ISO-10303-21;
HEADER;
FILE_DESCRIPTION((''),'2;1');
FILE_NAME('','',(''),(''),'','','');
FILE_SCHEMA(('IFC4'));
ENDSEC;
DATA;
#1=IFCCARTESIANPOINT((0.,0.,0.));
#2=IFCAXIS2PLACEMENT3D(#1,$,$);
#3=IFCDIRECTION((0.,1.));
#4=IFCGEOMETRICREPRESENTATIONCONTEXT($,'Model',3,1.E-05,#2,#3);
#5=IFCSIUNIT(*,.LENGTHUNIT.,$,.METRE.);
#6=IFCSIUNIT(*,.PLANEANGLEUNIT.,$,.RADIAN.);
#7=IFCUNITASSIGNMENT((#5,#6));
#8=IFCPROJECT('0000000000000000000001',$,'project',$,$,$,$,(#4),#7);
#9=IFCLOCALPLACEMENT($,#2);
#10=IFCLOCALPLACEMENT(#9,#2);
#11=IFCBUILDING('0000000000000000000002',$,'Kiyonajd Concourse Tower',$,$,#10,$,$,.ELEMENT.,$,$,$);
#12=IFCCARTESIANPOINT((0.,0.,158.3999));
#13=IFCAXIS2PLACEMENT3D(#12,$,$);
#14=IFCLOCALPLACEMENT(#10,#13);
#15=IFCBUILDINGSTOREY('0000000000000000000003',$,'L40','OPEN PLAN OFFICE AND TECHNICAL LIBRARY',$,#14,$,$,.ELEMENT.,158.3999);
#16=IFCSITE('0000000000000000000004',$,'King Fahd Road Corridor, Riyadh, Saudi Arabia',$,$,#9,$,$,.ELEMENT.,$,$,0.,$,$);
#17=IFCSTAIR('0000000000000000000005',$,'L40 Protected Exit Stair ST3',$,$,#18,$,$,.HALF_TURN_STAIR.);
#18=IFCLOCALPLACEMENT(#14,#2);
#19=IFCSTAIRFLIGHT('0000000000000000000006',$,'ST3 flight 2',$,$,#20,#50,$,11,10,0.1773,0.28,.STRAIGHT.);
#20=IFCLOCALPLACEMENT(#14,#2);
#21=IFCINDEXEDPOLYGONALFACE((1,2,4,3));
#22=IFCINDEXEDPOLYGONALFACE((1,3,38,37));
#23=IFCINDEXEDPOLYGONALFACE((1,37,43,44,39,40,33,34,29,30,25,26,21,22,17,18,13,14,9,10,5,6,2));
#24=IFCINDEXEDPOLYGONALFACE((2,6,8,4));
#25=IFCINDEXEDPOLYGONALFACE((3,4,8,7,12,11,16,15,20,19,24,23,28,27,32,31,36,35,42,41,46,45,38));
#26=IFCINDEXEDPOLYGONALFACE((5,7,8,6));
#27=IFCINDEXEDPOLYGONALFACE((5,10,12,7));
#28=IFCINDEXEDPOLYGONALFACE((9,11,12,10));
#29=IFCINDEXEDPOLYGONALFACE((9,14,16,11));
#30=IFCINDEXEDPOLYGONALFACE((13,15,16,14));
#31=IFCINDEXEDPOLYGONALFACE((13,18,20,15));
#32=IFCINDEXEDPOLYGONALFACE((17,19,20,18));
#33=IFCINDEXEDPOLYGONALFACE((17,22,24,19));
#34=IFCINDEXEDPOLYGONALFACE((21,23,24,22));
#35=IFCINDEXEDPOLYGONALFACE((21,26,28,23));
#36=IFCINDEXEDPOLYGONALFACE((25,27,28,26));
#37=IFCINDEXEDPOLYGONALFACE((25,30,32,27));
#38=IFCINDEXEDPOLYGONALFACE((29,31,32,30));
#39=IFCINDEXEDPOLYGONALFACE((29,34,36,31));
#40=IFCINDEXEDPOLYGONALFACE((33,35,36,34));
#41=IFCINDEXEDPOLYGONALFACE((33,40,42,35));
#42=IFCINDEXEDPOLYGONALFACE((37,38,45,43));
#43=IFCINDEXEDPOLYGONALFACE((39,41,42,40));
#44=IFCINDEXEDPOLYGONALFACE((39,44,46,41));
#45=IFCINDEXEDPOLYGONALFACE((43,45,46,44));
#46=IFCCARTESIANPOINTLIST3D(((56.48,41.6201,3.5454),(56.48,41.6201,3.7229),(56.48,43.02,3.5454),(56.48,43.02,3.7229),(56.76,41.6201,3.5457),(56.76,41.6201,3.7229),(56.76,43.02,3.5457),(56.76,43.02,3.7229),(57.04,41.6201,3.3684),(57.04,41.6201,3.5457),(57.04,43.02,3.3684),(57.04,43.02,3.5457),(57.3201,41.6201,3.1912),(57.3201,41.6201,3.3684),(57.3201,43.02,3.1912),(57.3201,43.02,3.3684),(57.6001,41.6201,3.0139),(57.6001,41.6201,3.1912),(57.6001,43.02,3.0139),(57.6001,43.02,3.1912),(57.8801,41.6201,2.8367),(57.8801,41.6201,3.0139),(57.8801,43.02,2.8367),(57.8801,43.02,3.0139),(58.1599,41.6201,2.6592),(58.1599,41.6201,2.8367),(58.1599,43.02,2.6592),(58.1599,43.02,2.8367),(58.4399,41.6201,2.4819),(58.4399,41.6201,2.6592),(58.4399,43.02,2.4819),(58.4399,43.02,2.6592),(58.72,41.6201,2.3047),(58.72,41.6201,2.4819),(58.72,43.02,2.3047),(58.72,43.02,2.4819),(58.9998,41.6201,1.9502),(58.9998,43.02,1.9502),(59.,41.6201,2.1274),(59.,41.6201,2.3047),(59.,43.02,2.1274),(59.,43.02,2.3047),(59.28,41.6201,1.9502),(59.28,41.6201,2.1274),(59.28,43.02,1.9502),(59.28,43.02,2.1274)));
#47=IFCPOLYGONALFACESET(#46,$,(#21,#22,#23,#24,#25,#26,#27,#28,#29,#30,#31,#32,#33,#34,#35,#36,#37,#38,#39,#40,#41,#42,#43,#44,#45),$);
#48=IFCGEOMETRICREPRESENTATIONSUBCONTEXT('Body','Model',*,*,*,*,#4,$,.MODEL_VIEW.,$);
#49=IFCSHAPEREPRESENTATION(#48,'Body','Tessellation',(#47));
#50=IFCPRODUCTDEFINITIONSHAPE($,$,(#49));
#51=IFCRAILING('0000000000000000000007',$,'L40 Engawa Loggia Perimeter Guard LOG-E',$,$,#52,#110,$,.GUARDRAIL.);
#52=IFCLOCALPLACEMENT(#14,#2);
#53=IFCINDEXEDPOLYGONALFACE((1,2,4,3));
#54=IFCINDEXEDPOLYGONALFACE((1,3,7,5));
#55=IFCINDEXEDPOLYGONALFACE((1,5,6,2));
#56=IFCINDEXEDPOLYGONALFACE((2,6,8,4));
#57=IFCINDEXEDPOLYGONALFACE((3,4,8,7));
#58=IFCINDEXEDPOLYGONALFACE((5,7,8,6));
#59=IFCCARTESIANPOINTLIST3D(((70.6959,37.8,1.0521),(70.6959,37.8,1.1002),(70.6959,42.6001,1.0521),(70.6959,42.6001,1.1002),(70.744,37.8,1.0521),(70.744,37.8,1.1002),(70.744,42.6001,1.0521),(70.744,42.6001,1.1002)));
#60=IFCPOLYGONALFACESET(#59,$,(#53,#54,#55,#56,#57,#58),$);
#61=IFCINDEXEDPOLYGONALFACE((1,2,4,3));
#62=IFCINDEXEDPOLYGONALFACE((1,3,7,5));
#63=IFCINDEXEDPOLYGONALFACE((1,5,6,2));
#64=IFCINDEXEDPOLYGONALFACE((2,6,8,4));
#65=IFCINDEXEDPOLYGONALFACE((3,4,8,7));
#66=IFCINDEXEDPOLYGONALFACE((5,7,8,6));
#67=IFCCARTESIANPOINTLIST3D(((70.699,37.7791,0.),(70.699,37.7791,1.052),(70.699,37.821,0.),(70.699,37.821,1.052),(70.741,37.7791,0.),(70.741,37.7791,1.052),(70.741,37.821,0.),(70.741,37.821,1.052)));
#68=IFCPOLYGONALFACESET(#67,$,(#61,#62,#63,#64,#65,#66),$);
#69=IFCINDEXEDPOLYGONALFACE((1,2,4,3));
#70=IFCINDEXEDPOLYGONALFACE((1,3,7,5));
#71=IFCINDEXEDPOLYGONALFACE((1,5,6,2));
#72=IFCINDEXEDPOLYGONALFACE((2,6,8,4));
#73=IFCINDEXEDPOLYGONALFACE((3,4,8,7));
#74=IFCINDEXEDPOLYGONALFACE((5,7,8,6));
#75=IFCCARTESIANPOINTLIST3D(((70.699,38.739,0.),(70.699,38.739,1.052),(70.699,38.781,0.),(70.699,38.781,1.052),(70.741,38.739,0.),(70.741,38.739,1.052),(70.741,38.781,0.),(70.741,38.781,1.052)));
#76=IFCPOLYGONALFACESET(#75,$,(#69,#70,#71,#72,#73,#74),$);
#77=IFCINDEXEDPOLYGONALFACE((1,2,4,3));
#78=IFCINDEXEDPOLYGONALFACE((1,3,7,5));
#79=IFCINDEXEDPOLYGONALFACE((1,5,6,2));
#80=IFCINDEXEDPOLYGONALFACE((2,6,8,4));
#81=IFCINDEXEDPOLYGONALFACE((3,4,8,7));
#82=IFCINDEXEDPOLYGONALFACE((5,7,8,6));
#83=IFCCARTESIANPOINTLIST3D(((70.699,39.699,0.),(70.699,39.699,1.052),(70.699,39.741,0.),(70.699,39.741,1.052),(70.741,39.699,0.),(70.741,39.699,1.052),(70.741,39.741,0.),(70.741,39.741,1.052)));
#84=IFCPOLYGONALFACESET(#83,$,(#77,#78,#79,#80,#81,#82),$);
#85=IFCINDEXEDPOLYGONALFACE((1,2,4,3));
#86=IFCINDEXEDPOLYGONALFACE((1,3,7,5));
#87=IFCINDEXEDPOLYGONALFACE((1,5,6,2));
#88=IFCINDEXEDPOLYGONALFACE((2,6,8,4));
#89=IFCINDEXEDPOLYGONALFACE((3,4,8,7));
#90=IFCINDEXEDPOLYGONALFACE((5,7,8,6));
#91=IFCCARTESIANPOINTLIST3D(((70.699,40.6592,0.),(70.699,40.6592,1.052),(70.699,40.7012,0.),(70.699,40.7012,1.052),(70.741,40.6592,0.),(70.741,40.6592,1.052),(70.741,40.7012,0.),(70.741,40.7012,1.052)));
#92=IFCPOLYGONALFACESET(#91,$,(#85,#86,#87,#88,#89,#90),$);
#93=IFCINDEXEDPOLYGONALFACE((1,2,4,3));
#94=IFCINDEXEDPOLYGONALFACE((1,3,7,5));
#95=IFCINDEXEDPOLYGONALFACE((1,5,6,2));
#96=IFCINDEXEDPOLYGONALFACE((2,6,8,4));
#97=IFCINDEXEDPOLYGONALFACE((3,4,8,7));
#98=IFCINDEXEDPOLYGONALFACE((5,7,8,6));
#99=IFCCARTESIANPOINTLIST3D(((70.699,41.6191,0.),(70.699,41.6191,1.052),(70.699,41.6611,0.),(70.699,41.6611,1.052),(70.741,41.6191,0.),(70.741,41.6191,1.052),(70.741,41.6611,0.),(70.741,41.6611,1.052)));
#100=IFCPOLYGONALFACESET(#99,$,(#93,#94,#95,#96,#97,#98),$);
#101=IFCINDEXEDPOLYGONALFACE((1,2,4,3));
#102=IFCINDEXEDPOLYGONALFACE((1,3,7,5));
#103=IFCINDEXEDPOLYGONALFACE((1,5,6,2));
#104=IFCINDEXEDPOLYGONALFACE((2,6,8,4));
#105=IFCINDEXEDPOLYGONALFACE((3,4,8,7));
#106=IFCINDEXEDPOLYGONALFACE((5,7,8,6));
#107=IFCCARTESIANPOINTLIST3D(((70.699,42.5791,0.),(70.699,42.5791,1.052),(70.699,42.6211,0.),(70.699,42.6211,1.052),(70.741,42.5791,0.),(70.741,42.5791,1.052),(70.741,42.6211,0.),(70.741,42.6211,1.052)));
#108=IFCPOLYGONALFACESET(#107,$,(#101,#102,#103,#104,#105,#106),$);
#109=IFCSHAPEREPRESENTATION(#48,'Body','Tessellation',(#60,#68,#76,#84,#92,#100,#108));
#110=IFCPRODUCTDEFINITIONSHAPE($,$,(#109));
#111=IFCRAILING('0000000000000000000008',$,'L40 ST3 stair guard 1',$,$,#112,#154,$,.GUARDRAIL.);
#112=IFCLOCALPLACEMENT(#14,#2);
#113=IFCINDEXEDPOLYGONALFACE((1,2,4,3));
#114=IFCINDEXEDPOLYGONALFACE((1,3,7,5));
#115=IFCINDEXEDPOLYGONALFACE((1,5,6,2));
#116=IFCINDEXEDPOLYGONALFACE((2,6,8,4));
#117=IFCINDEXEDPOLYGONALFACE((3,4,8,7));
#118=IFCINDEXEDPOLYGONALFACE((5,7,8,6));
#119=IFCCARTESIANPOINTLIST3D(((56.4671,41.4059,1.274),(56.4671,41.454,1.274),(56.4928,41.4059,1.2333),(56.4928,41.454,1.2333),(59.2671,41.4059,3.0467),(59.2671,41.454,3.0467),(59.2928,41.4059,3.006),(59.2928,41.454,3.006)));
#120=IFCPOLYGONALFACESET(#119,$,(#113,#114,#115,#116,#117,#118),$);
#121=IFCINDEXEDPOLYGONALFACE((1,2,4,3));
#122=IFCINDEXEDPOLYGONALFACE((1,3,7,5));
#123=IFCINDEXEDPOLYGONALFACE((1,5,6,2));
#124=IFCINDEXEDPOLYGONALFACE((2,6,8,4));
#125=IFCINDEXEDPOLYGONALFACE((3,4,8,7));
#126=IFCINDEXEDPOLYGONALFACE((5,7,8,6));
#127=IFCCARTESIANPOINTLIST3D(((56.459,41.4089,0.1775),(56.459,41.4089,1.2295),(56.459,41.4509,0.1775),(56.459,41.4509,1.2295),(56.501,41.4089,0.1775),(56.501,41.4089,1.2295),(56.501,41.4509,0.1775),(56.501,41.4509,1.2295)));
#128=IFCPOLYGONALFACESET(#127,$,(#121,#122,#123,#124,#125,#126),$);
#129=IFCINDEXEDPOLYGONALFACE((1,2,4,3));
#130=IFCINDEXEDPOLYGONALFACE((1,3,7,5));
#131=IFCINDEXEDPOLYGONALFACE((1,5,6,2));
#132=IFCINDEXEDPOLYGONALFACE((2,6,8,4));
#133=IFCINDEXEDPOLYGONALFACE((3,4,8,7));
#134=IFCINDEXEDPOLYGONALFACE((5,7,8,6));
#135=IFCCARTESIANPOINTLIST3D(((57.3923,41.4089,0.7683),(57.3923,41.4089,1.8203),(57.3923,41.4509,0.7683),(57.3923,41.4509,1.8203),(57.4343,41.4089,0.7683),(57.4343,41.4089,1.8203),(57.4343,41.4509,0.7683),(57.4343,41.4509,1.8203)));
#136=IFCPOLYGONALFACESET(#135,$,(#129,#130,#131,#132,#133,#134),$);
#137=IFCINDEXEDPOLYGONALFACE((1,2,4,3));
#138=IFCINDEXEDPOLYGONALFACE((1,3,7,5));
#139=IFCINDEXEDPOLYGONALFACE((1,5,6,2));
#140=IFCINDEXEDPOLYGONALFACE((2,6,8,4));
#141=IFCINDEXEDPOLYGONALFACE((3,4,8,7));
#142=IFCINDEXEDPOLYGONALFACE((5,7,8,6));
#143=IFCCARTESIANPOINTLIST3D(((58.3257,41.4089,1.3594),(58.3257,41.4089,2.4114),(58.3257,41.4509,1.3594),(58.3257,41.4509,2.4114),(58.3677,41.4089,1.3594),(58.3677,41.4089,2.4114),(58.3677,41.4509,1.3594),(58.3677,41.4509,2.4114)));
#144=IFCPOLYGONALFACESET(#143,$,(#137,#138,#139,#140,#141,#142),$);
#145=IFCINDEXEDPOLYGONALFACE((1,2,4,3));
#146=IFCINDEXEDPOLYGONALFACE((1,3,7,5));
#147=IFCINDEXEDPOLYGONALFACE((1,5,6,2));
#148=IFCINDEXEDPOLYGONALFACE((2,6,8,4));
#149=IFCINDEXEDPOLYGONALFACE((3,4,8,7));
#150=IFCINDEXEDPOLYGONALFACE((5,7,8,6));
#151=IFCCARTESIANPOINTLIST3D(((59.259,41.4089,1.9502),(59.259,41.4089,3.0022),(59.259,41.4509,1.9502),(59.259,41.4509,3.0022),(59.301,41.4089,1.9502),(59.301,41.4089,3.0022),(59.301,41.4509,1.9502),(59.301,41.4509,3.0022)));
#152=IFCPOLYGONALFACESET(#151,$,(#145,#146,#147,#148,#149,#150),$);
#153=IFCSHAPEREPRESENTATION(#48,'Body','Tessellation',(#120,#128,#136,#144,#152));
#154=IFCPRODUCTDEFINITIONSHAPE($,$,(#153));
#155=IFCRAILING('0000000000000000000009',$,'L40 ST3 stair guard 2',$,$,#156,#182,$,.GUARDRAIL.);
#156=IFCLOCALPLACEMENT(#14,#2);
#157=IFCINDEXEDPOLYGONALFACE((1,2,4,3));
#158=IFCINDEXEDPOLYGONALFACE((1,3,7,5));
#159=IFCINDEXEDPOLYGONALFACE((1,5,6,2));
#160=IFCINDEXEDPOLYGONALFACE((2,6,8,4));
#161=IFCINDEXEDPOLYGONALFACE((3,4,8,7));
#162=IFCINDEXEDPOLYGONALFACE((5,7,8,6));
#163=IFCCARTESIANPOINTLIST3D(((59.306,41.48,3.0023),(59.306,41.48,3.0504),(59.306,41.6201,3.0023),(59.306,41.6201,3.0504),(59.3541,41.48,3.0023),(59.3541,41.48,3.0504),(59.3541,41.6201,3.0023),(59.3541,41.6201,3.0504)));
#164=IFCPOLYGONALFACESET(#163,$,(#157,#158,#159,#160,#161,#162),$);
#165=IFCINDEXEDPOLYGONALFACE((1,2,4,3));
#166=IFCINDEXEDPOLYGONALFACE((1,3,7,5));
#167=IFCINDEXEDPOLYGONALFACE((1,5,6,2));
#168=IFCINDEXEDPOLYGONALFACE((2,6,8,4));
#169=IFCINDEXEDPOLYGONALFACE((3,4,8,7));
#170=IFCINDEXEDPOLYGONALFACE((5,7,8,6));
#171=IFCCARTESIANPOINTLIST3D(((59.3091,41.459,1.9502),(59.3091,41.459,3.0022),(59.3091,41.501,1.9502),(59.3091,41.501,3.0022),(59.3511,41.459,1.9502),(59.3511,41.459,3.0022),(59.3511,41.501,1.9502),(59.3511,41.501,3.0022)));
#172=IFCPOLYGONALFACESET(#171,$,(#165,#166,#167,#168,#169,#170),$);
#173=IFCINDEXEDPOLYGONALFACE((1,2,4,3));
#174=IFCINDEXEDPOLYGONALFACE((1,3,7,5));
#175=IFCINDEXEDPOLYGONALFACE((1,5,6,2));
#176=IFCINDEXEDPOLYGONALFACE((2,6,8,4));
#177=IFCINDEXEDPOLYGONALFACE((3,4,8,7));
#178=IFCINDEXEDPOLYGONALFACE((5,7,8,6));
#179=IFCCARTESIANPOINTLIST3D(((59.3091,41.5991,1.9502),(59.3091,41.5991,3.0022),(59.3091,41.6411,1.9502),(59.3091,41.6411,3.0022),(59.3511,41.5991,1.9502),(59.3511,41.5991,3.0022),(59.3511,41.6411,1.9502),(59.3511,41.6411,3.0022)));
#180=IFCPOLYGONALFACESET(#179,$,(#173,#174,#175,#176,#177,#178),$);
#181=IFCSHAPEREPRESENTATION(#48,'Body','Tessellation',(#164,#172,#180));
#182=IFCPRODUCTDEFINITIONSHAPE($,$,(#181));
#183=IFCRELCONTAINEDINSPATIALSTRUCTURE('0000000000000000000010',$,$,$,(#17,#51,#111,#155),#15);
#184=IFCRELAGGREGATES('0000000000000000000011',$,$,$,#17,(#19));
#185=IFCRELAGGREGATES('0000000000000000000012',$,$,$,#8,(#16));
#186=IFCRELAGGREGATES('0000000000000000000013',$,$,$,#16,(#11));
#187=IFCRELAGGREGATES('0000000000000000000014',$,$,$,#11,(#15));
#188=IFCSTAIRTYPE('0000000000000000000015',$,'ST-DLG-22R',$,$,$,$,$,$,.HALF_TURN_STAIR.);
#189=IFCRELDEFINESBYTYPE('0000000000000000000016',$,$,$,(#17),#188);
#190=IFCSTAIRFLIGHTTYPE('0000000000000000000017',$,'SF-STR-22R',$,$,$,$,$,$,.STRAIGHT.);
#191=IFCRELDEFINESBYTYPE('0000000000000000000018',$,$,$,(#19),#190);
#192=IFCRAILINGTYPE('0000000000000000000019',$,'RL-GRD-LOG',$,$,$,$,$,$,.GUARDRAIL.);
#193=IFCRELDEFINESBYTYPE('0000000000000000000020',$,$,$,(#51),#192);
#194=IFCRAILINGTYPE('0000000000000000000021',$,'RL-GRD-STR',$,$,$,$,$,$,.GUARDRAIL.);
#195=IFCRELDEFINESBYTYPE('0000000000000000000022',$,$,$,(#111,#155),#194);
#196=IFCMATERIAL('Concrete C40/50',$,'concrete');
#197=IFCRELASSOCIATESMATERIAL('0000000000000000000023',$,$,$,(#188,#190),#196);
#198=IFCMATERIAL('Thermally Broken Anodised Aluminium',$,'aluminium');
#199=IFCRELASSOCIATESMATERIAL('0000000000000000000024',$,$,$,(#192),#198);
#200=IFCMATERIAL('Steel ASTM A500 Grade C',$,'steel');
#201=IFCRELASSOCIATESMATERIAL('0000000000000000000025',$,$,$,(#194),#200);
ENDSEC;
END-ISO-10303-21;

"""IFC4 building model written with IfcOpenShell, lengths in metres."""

from ifc_helpers import new_model, si_unit, direction, frame, origin, origin_2d, place, context, subcontext, project, spatial, polyline, rectangle, outline, extrude, material, type_object, element, aggregate, save


model = new_model("IFC4")

# Units and contexts
model_context = context("Model", 3, precision=1e-05, world=origin(), true_north=direction((0.0, 1.0)))
body_context = subcontext(model_context, "Body", "Model", "MODEL_VIEW")
ifc_project = project(units=[si_unit("LENGTHUNIT", "METRE"), si_unit("PLANEANGLEUNIT", "RADIAN")], contexts=[model_context])

# Site, building, storey
site_placement = place(None, origin())
site = spatial("IfcSite", under=ifc_project, at=site_placement, Name="King Fahd Road Corridor, Riyadh, Saudi Arabia", CompositionType="ELEMENT", RefElevation=0.0)
building_placement = place(site_placement, origin())
building = spatial("IfcBuilding", under=site, at=building_placement, Name="Kiyonajd Concourse Tower", CompositionType="ELEMENT")
storey_placement = place(building_placement, frame((0.0, 0.0, 158.3999)))
storey = spatial("IfcBuildingStorey", under=building, at=storey_placement, Name="L40", Description="OPEN PLAN OFFICE AND TECHNICAL LIBRARY", CompositionType="ELEMENT", Elevation=158.3999)

# Shared definitions
ifc_material_1 = material(Name="Thermally Broken Anodised Aluminium", Category="aluminium")

# Stair, stair flight
ifc_material_2 = material(Name="Concrete C40/50", Category="concrete")
stair_type = type_object("IfcStairType", Name="ST-DLG-22R", PredefinedType="HALF_TURN_STAIR", material=ifc_material_2)
stair_placement = place(storey_placement, origin())
stair = element("IfcStair", 1, at=stair_placement, inside=storey, type_object=stair_type, Name="L40 Protected Exit Stair ST3", PredefinedType="HALF_TURN_STAIR")
stair_flight_type = type_object("IfcStairFlightType", Name="SF-STR-22R", PredefinedType="STRAIGHT", material=ifc_material_2)
stair_flight_1_placement = place(storey_placement, frame((59.28, 42.3201, 1.9502), z_axis=(0.0, 0.0, 1.0), x_axis=(-1.0, 0.0, 0.0)))
stair_flight_1 = element("IfcStairFlight", 2, at=stair_flight_1_placement, type_object=stair_flight_type, Name="ST3 flight 2", NumberOfRisers=11, NumberOfTreads=10, PredefinedType="STRAIGHT", RiserHeight=0.1773, TreadLength=0.28, context=body_context, shape_type="SweptSolid", body=[
    extrude(outline(polyline([(0.0, 0.0), (0.0, 0.1772), (0.28, 0.1772), (0.28, 0.3545), (0.5601, 0.3545), (0.5601, 0.5317), (0.8401, 0.5317), (0.8401, 0.709), (1.1201, 0.709), (1.1201, 0.8865), (1.3999, 0.8865), (1.3999, 1.0637), (1.6799, 1.0637), (1.6799, 1.241), (1.96, 1.241), (1.96, 1.4182), (2.24, 1.4182), (2.24, 1.5955), (2.52, 1.5955), (2.52, 1.7727), (2.8, 1.7727), (2.8, 1.95), (2.8, 1.5952), (0.2803, 0.0), (0.0, 0.0)])), frame((0.0, 0.7, 0.0), z_axis=(0.0, -1.0, 0.0), x_axis=(1.0, 0.0, 0.0)), (0.0, 0.0, 1.0), 1.3999),
])
aggregate(stair, [stair_flight_1])

# Railings
railing_type_1 = type_object("IfcRailingType", Name="RL-GRD-LOG", PredefinedType="GUARDRAIL", material=ifc_material_1)
railing_1_placement = place(storey_placement, frame((70.72, 37.8, 0.0)))
element("IfcRailing", 3, at=railing_1_placement, inside=storey, type_object=railing_type_1, Name="L40 Engawa Loggia Perimeter Guard LOG-E", PredefinedType="GUARDRAIL", context=body_context, shape_type="SweptSolid", body=[
    extrude(rectangle(XDim=0.0481, YDim=0.0481, at=origin_2d()), frame((0.0, 0.0, 1.0762), z_axis=(0.0, 1.0, 0.0), x_axis=(-1.0, 0.0, 0.0)), (0.0, 0.0, 1.0), 4.8),
    extrude(rectangle(XDim=0.042, YDim=0.042, at=origin_2d()), origin(), (0.0, 0.0, 1.0), 1.052),
    extrude(rectangle(XDim=0.042, YDim=0.042, at=origin_2d()), frame((0.0, 0.96, 0.0)), (0.0, 0.0, 1.0), 1.052),
    extrude(rectangle(XDim=0.042, YDim=0.042, at=origin_2d()), frame((0.0, 1.9199, 0.0)), (0.0, 0.0, 1.0), 1.052),
    extrude(rectangle(XDim=0.042, YDim=0.042, at=origin_2d()), frame((0.0, 2.8801, 0.0)), (0.0, 0.0, 1.0), 1.052),
    extrude(rectangle(XDim=0.042, YDim=0.042, at=origin_2d()), frame((0.0, 3.8401, 0.0)), (0.0, 0.0, 1.0), 1.052),
    extrude(rectangle(XDim=0.042, YDim=0.042, at=origin_2d()), frame((0.0, 4.8, 0.0)), (0.0, 0.0, 1.0), 1.052),
])
ifc_material_3 = material(Name="Steel ASTM A500 Grade C", Category="steel")
railing_type_2 = type_object("IfcRailingType", Name="RL-GRD-STR", PredefinedType="GUARDRAIL", material=ifc_material_3)
railing_2_placement = place(storey_placement, frame((56.48, 41.4299, 0.1775)))
element("IfcRailing", 4, at=railing_2_placement, inside=storey, type_object=railing_type_2, Name="L40 ST3 stair guard 1", PredefinedType="GUARDRAIL", context=body_context, shape_type="SweptSolid", body=[
    extrude(rectangle(XDim=0.0481, YDim=0.0481, at=origin_2d()), frame((0.0, 0.0, 1.0762), z_axis=(0.844909, 0.0, 0.53491), x_axis=(0.0, 1.0, 0.0)), (0.0, 0.0, 1.0), 3.314),
    extrude(rectangle(XDim=0.042, YDim=0.042, at=origin_2d()), origin(), (0.0, 0.0, 1.0), 1.052),
    extrude(rectangle(XDim=0.042, YDim=0.042, at=origin_2d()), frame((0.9333, 0.0, 0.5908)), (0.0, 0.0, 1.0), 1.052),
    extrude(rectangle(XDim=0.042, YDim=0.042, at=origin_2d()), frame((1.8667, 0.0, 1.1819)), (0.0, 0.0, 1.0), 1.052),
    extrude(rectangle(XDim=0.042, YDim=0.042, at=origin_2d()), frame((2.8, 0.0, 1.7727)), (0.0, 0.0, 1.0), 1.052),
])
railing_3_placement = place(storey_placement, frame((59.3301, 41.48, 1.9502)))
element("IfcRailing", 5, at=railing_3_placement, inside=storey, type_object=railing_type_2, Name="L40 ST3 stair guard 2", PredefinedType="GUARDRAIL", context=body_context, shape_type="SweptSolid", body=[
    extrude(rectangle(XDim=0.0481, YDim=0.0481, at=origin_2d()), frame((0.0, 0.0, 1.0762), z_axis=(0.0, 1.0, 0.0), x_axis=(-1.0, 0.0, 0.0)), (0.0, 0.0, 1.0), 0.1401),
    extrude(rectangle(XDim=0.042, YDim=0.042, at=origin_2d()), origin(), (0.0, 0.0, 1.0), 1.052),
    extrude(rectangle(XDim=0.042, YDim=0.042, at=origin_2d()), frame((0.0, 0.1401, 0.0)), (0.0, 0.0, 1.0), 1.052),
])

save(model, "model.ifc")
